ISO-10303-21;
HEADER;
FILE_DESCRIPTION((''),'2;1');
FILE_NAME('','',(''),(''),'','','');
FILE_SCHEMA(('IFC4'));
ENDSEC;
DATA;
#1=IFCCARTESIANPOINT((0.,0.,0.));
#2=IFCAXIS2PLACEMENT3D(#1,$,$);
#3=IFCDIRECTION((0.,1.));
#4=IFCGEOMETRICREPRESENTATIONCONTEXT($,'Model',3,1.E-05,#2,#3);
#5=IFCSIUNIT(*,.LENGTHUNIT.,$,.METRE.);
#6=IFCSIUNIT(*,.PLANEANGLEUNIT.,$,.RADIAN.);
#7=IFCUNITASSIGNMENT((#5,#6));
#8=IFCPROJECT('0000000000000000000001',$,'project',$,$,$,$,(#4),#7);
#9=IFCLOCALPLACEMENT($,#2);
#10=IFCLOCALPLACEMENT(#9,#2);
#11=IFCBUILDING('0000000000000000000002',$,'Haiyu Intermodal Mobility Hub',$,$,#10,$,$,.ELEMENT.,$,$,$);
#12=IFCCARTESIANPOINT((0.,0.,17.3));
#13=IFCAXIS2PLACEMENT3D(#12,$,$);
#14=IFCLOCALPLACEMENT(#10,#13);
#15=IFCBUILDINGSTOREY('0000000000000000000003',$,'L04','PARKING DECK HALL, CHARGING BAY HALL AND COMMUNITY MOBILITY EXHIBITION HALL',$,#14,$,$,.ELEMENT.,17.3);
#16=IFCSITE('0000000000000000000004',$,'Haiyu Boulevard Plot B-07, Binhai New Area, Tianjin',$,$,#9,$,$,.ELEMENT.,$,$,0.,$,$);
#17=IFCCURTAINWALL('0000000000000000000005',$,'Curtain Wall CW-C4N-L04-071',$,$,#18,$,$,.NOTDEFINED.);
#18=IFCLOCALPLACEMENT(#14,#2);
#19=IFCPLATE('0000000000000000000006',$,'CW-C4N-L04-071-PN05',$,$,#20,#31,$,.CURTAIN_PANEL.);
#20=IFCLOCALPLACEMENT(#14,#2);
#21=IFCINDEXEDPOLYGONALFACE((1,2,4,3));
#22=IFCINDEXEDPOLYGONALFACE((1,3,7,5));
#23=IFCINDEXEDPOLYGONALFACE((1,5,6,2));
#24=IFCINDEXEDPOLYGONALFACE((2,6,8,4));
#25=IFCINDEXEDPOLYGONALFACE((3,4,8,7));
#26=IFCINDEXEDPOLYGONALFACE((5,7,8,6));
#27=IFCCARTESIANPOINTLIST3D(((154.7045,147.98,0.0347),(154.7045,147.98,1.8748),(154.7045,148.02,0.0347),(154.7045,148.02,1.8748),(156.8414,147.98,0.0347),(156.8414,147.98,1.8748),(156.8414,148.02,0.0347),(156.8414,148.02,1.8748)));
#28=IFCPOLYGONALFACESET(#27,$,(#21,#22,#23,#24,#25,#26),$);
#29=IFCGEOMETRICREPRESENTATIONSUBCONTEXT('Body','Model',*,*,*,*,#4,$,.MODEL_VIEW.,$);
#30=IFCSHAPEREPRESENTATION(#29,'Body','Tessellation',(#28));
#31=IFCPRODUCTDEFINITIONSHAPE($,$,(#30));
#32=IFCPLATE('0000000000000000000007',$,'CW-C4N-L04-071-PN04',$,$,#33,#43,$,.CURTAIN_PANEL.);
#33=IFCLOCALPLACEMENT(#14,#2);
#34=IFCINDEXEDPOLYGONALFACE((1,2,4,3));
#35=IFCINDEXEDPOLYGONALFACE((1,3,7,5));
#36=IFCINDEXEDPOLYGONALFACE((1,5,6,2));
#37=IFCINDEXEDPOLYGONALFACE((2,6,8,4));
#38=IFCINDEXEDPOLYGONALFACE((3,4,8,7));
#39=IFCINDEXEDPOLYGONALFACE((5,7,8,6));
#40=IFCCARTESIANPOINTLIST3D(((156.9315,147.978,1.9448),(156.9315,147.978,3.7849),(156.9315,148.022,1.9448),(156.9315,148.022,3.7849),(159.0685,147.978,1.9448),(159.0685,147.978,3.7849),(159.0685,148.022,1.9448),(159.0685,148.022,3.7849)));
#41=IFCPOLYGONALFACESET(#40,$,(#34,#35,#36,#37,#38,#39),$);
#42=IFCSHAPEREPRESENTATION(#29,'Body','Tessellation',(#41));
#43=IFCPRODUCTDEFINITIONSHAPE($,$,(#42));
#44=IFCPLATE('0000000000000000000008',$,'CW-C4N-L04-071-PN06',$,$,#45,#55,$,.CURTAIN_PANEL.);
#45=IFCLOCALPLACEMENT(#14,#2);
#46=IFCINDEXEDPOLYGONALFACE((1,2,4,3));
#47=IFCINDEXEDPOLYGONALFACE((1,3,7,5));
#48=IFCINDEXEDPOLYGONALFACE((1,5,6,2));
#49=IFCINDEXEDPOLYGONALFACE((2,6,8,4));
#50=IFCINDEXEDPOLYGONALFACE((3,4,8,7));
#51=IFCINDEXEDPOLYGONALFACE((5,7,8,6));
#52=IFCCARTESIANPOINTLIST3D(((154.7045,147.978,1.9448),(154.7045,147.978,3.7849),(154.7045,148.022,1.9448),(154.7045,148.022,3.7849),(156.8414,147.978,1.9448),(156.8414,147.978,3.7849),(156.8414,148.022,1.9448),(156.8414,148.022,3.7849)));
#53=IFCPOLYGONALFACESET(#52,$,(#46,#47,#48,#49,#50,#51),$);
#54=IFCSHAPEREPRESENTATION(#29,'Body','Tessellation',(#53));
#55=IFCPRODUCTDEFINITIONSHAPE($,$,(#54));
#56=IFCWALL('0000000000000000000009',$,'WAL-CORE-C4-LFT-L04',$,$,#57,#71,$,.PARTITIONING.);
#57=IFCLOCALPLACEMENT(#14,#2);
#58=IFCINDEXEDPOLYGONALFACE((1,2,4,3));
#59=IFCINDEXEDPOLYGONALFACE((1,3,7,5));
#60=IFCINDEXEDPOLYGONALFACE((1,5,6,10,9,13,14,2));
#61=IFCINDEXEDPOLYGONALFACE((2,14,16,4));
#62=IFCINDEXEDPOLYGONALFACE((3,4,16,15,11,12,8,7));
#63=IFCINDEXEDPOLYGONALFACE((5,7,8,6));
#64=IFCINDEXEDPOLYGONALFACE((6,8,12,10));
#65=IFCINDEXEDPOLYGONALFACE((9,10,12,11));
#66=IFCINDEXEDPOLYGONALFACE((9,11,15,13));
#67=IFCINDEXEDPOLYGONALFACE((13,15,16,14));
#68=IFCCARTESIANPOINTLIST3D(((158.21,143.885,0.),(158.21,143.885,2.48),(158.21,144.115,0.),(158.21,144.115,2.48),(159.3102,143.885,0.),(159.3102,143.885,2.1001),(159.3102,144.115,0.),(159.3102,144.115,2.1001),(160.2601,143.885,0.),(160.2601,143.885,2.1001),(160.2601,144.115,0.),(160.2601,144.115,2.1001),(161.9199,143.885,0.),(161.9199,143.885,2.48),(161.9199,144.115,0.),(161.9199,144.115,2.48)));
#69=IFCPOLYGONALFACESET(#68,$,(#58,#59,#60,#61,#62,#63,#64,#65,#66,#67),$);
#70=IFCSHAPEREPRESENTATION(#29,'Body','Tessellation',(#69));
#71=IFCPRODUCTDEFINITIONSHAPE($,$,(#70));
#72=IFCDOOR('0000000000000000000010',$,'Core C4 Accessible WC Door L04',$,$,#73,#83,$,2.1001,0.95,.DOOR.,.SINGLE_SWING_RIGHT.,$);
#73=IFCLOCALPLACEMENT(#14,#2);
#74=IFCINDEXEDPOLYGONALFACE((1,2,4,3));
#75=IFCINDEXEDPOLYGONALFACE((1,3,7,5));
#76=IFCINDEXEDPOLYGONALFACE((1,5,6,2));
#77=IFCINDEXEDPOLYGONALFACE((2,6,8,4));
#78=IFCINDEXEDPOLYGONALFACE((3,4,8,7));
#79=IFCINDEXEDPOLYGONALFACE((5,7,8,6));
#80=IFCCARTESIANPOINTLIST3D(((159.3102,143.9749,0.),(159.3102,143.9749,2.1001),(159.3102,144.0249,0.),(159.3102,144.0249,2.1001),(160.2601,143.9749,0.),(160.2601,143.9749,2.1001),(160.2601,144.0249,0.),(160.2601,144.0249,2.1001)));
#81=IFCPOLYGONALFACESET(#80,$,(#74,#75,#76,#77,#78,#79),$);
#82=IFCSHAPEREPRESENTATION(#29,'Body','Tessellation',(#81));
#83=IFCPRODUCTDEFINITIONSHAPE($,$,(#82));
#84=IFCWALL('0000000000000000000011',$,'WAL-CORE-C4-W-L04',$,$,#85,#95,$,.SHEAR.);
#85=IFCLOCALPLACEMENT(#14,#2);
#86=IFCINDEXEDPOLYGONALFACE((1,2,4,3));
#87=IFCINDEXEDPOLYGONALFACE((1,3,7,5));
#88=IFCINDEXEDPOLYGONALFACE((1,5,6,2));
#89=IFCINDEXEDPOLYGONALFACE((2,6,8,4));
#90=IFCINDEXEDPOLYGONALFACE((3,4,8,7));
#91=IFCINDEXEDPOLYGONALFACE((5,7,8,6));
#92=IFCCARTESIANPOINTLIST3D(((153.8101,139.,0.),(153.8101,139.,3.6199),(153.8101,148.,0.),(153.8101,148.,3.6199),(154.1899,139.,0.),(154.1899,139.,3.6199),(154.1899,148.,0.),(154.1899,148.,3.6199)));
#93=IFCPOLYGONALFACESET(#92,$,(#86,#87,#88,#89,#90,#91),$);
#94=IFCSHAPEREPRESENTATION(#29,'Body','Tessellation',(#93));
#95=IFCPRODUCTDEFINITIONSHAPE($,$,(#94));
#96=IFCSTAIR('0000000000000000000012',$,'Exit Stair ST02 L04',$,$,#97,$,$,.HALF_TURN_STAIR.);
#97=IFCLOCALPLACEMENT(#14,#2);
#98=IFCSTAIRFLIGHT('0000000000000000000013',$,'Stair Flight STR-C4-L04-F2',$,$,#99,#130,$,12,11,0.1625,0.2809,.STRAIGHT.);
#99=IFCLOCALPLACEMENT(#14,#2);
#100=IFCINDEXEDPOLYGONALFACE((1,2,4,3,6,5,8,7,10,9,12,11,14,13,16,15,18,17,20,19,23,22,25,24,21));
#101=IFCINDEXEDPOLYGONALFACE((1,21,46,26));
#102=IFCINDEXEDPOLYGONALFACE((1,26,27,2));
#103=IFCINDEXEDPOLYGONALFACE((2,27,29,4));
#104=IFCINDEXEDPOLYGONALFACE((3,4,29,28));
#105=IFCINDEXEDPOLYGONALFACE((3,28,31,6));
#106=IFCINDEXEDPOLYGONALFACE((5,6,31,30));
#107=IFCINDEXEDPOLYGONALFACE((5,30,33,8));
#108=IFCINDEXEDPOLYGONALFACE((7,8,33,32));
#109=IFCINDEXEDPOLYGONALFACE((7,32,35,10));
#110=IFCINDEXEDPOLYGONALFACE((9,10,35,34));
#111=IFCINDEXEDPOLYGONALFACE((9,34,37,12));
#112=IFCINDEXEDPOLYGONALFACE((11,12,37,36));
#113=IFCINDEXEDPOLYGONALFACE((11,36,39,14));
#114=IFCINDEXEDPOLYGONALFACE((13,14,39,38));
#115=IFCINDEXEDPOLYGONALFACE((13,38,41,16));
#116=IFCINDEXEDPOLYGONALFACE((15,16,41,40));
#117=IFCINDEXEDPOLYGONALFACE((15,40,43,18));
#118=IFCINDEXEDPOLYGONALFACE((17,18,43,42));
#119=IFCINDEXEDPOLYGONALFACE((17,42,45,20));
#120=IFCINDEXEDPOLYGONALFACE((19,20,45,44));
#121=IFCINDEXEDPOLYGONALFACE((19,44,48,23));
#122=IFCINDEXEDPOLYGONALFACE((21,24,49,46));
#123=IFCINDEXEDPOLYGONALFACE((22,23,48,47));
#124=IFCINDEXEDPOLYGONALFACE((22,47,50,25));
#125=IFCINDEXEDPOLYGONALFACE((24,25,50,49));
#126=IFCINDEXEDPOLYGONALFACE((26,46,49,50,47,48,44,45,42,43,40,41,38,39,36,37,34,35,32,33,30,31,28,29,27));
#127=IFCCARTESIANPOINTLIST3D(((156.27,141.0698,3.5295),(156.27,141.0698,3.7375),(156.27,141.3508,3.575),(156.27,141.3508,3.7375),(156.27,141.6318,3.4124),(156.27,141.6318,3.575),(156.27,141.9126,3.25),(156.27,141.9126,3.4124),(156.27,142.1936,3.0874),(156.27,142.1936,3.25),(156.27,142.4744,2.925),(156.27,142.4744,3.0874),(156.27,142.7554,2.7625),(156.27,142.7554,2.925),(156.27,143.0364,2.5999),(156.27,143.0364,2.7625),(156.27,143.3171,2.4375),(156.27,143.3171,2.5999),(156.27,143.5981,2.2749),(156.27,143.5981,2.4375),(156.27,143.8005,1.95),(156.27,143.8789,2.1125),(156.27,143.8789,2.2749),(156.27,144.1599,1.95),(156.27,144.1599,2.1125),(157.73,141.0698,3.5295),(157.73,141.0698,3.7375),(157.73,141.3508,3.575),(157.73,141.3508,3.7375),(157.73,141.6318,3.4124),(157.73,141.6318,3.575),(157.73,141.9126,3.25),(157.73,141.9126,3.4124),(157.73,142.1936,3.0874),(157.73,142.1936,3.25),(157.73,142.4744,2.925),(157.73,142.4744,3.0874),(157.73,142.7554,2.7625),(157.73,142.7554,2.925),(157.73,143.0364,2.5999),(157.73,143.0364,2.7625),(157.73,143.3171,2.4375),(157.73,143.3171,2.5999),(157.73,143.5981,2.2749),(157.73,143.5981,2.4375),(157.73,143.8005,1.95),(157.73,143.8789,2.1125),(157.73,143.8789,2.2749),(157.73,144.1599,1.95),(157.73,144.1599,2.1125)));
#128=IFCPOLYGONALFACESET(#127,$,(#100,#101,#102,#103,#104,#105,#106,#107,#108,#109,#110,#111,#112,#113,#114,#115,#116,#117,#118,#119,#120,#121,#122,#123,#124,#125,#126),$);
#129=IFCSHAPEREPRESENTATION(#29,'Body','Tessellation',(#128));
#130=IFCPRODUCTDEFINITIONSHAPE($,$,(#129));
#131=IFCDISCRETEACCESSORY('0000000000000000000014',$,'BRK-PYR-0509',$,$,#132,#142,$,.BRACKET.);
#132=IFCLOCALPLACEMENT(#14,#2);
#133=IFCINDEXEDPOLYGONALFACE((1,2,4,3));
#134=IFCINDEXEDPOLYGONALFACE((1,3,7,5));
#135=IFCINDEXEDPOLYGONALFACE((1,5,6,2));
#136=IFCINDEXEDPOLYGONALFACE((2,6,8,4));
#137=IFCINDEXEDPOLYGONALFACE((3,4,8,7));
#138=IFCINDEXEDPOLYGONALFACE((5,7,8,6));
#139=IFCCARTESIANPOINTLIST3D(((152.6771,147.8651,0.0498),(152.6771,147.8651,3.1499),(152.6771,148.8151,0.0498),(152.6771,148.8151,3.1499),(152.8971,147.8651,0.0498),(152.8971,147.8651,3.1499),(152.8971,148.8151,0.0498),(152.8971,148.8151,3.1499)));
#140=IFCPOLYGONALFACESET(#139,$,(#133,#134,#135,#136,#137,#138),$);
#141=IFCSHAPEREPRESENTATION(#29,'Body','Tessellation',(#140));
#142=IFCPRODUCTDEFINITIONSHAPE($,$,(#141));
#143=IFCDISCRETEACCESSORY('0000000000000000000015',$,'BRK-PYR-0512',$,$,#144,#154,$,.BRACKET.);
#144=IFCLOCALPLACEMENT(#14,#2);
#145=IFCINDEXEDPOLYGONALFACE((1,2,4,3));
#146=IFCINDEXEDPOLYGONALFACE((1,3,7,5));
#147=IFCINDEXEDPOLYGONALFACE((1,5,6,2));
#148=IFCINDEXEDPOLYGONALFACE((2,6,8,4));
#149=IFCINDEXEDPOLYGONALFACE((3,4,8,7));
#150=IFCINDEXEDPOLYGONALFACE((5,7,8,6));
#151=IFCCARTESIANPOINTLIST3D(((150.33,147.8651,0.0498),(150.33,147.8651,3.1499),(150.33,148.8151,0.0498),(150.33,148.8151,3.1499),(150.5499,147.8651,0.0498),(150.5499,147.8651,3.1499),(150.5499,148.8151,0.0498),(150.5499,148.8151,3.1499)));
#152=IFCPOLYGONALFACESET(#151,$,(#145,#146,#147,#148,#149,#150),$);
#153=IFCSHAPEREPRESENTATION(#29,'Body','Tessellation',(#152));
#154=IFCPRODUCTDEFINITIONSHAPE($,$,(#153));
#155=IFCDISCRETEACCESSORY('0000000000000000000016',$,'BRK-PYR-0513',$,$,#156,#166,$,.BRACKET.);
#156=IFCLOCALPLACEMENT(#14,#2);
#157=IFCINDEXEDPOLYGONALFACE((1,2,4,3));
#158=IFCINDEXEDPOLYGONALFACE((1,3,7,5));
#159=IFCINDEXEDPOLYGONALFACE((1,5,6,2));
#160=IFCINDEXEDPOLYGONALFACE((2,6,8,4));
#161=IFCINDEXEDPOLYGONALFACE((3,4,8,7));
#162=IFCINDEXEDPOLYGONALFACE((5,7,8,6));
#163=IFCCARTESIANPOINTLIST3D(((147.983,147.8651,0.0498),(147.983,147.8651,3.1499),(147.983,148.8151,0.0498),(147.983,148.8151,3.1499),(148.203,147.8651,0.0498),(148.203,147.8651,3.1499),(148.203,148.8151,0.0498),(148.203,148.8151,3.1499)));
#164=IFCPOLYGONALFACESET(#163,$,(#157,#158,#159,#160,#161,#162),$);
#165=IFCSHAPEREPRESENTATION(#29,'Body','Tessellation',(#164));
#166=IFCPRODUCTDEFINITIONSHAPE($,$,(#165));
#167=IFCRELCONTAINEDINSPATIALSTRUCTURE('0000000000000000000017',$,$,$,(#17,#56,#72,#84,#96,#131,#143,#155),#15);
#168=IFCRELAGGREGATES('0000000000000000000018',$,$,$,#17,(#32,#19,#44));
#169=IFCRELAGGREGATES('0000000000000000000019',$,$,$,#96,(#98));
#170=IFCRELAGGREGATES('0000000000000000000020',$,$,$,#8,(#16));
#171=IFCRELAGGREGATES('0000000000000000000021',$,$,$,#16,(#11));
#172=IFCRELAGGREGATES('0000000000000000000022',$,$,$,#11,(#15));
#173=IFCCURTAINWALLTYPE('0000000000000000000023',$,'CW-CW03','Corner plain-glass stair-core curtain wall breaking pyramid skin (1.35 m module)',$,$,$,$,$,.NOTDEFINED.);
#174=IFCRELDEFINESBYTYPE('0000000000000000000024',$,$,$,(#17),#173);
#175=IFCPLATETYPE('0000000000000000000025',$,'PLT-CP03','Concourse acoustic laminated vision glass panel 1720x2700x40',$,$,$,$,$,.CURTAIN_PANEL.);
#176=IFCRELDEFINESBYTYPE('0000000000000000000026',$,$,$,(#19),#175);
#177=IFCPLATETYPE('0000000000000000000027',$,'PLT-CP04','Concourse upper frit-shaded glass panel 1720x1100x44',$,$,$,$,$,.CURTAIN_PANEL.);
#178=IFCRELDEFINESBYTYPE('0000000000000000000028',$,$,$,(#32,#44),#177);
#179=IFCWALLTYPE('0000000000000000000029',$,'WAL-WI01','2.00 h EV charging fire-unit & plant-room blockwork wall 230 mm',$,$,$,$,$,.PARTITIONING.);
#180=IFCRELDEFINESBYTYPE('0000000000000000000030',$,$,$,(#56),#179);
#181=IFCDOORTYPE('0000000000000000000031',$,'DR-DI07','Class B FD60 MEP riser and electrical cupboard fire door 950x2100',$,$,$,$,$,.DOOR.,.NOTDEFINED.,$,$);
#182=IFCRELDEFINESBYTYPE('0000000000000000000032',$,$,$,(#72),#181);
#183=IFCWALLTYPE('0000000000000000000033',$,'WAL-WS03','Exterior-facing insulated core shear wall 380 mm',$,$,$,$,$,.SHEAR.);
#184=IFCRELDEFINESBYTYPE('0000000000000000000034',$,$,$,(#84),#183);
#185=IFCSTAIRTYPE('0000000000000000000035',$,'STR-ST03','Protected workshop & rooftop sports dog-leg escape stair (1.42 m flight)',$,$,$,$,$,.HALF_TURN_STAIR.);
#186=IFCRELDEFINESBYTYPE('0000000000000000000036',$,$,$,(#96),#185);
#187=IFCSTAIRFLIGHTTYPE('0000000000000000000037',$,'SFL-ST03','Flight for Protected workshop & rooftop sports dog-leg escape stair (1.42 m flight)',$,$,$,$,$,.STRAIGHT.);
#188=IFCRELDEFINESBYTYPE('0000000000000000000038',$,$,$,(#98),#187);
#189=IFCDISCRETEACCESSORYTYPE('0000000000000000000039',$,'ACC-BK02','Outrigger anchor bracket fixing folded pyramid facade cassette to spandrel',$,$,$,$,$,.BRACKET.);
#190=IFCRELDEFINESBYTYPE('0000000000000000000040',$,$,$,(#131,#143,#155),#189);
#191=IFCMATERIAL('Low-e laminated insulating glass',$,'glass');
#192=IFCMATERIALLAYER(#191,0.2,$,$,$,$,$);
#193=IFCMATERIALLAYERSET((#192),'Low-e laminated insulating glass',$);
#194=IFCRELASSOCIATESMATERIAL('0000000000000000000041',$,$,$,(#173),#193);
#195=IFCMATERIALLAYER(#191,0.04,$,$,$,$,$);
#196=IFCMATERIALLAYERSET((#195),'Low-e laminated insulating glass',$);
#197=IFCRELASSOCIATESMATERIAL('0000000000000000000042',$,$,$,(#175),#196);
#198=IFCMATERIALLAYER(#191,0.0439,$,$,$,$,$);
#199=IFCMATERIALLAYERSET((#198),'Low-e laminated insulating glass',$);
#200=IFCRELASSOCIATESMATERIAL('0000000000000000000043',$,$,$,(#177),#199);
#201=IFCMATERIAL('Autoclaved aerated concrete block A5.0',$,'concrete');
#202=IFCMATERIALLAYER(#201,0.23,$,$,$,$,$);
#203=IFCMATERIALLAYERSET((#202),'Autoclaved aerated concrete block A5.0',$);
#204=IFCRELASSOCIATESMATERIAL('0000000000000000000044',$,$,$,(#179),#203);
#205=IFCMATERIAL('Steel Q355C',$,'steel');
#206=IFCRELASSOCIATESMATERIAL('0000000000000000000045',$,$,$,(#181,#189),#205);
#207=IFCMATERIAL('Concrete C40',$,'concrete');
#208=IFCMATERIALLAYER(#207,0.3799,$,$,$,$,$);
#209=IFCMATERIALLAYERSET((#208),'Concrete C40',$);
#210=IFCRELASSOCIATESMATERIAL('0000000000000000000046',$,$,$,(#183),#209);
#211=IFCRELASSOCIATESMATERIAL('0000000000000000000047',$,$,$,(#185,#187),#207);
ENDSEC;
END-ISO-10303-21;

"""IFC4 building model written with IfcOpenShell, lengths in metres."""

from ifc_helpers import new_model, si_unit, direction, frame, frame_2d, origin, origin_2d, place, context, subcontext, project, spatial, polyline, rectangle, outline, extrude, material, layer, layer_set, type_object, element, fill, aggregate, save


model = new_model("IFC4")

# Units and contexts
model_context = context("Model", 3, precision=1e-05, world=origin(), true_north=direction((0.0, 1.0)))
body_context = subcontext(model_context, "Body", "Model", "MODEL_VIEW")
ifc_project = project(units=[si_unit("LENGTHUNIT", "METRE"), si_unit("PLANEANGLEUNIT", "RADIAN")], contexts=[model_context])

# Site, building, storey
site_placement = place(None, origin())
site = spatial("IfcSite", under=ifc_project, at=site_placement, Name="Haiyu Boulevard Plot B-07, Binhai New Area, Tianjin", CompositionType="ELEMENT", RefElevation=0.0)
building_placement = place(site_placement, origin())
building = spatial("IfcBuilding", under=site, at=building_placement, Name="Haiyu Intermodal Mobility Hub", CompositionType="ELEMENT")
storey_placement = place(building_placement, frame((0.0, 0.0, 17.3)))
storey = spatial("IfcBuildingStorey", under=building, at=storey_placement, Name="L04", Description="PARKING DECK HALL, CHARGING BAY HALL AND COMMUNITY MOBILITY EXHIBITION HALL", CompositionType="ELEMENT", Elevation=17.3)

# Shared definitions
ifc_material_1 = material(Name="Steel Q355C", Category="steel")

# Curtain wall
ifc_material_2 = material(Name="Low-e laminated insulating glass", Category="glass")
ifc_layer_1 = layer(ifc_material_2, 0.2)
ifc_layer_set_1 = layer_set([ifc_layer_1], Name="Low-e laminated insulating glass")
curtain_wall_type = type_object("IfcCurtainWallType", Name="CW-CW03", Description="Corner plain-glass stair-core curtain wall breaking pyramid skin (1.35 m module)", PredefinedType="NOTDEFINED", material=ifc_layer_set_1)
curtain_wall_placement = place(storey_placement, origin())
curtain_wall = element("IfcCurtainWall", 1, at=curtain_wall_placement, inside=storey, type_object=curtain_wall_type, Name="Curtain Wall CW-C4N-L04-071", PredefinedType="NOTDEFINED")

# Plates
ifc_layer_2 = layer(ifc_material_2, 0.04)
ifc_layer_set_2 = layer_set([ifc_layer_2], Name="Low-e laminated insulating glass")
plate_type_1 = type_object("IfcPlateType", Name="PLT-CP03", Description="Concourse acoustic laminated vision glass panel 1720x2700x40", PredefinedType="CURTAIN_PANEL", material=ifc_layer_set_2)
plate_1_placement = place(storey_placement, frame((155.7729, 148.0, 0.0347), z_axis=(0.0, 0.0, 1.0), x_axis=(-1.0, 0.0, 0.0)))
plate_1 = element("IfcPlate", 2, at=plate_1_placement, type_object=plate_type_1, Name="CW-C4N-L04-071-PN05", PredefinedType="CURTAIN_PANEL", context=body_context, shape_type="SweptSolid", body=[
    extrude(rectangle(XDim=2.137, YDim=0.04, at=origin_2d()), origin(), (0.0, 0.0, 1.0), 1.8401),
])
ifc_layer_3 = layer(ifc_material_2, 0.0439)
ifc_layer_set_3 = layer_set([ifc_layer_3], Name="Low-e laminated insulating glass")
plate_type_2 = type_object("IfcPlateType", Name="PLT-CP04", Description="Concourse upper frit-shaded glass panel 1720x1100x44", PredefinedType="CURTAIN_PANEL", material=ifc_layer_set_3)
plate_2_placement = place(storey_placement, frame((158.0, 148.0, 1.9448), z_axis=(0.0, 0.0, 1.0), x_axis=(-1.0, 0.0, 0.0)))
plate_2 = element("IfcPlate", 3, at=plate_2_placement, type_object=plate_type_2, Name="CW-C4N-L04-071-PN04", PredefinedType="CURTAIN_PANEL", context=body_context, shape_type="SweptSolid", body=[
    extrude(rectangle(XDim=2.137, YDim=0.0439, at=origin_2d()), origin(), (0.0, 0.0, 1.0), 1.8401),
])
plate_3_placement = place(storey_placement, frame((155.7729, 148.0, 1.9448), z_axis=(0.0, 0.0, 1.0), x_axis=(-1.0, 0.0, 0.0)))
plate_3 = element("IfcPlate", 4, at=plate_3_placement, type_object=plate_type_2, Name="CW-C4N-L04-071-PN06", PredefinedType="CURTAIN_PANEL", context=body_context, shape_type="SweptSolid", body=[
    extrude(rectangle(XDim=2.137, YDim=0.0439, at=origin_2d()), origin(), (0.0, 0.0, 1.0), 1.8401),
])
aggregate(curtain_wall, [plate_2, plate_1, plate_3])

# Wall, opening, door
ifc_material_3 = material(Name="Autoclaved aerated concrete block A5.0", Category="concrete")
ifc_layer_4 = layer(ifc_material_3, 0.23)
ifc_layer_set_4 = layer_set([ifc_layer_4], Name="Autoclaved aerated concrete block A5.0")
wall_type_1 = type_object("IfcWallType", Name="WAL-WI01", Description="2.00 h EV charging fire-unit & plant-room blockwork wall 230 mm", PredefinedType="PARTITIONING", material=ifc_layer_set_4)
wall_1_placement = place(storey_placement, frame((158.21, 144.0, 0.0), z_axis=(0.0, 0.0, 1.0), x_axis=(1.0, 0.0, 0.0)))
wall_1 = element("IfcWall", 5, at=wall_1_placement, inside=storey, type_object=wall_type_1, Name="WAL-CORE-C4-LFT-L04", PredefinedType="PARTITIONING", context=body_context, shape_type="SweptSolid", body=[
    extrude(rectangle(XDim=3.71, YDim=0.23, at=frame_2d((1.855, 0.0))), origin(), (0.0, 0.0, 1.0), 2.48),
])
opening_placement = place(wall_1_placement, frame((1.1001, 0.0, 0.0)))
opening = element("IfcOpeningElement", 6, at=opening_placement, cuts=wall_1, PredefinedType="OPENING", context=body_context, shape_type="SweptSolid", body=[
    extrude(rectangle(XDim=0.95, YDim=2.1001, at=frame_2d((0.4751, 1.05))), frame((0.0, 0.125, 0.0), z_axis=(0.0, -1.0, 0.0), x_axis=(1.0, 0.0, 0.0)), (0.0, 0.0, 1.0), 0.25),
])
door_type = type_object("IfcDoorType", Name="DR-DI07", Description="Class B FD60 MEP riser and electrical cupboard fire door 950x2100", OperationType="NOTDEFINED", PredefinedType="DOOR", material=ifc_material_1)
door_placement = place(opening_placement, origin())
door = element("IfcDoor", 7, at=door_placement, inside=storey, type_object=door_type, Name="Core C4 Accessible WC Door L04", OperationType="SINGLE_SWING_RIGHT", OverallHeight=2.1001, OverallWidth=0.95, PredefinedType="DOOR", context=body_context, shape_type="SweptSolid", body=[
    extrude(rectangle(XDim=0.95, YDim=2.1001, at=frame_2d((0.4751, 1.05))), frame((0.0, 0.0249, 0.0), z_axis=(0.0, -1.0, 0.0), x_axis=(1.0, 0.0, 0.0)), (0.0, 0.0, 1.0), 0.05),
])
fill(opening, door)

# Wall
ifc_material_4 = material(Name="Concrete C40", Category="concrete")
ifc_layer_5 = layer(ifc_material_4, 0.3799)
ifc_layer_set_5 = layer_set([ifc_layer_5], Name="Concrete C40")
wall_type_2 = type_object("IfcWallType", Name="WAL-WS03", Description="Exterior-facing insulated core shear wall 380 mm", PredefinedType="SHEAR", material=ifc_layer_set_5)
wall_2_placement = place(storey_placement, frame((154.0, 148.0, 0.0), z_axis=(0.0, 0.0, 1.0), x_axis=(0.0, -1.0, 0.0)))
element("IfcWall", 8, at=wall_2_placement, inside=storey, type_object=wall_type_2, Name="WAL-CORE-C4-W-L04", PredefinedType="SHEAR", context=body_context, shape_type="SweptSolid", body=[
    extrude(rectangle(XDim=9.0, YDim=0.3799, at=frame_2d((4.5, 0.0))), origin(), (0.0, 0.0, 1.0), 3.6199),
])

# Stair, stair flight
stair_type = type_object("IfcStairType", Name="STR-ST03", Description="Protected workshop & rooftop sports dog-leg escape stair (1.42 m flight)", PredefinedType="HALF_TURN_STAIR", material=ifc_material_4)
stair_placement = place(storey_placement, origin())
stair = element("IfcStair", 9, at=stair_placement, inside=storey, type_object=stair_type, Name="Exit Stair ST02 L04", PredefinedType="HALF_TURN_STAIR")
stair_flight_type = type_object("IfcStairFlightType", Name="SFL-ST03", Description="Flight for Protected workshop & rooftop sports dog-leg escape stair (1.42 m flight)", PredefinedType="STRAIGHT", material=ifc_material_4)
stair_flight_placement = place(storey_placement, frame((157.0, 144.1599, 1.95), z_axis=(0.0, 0.0, 1.0), x_axis=(0.0, -1.0, 0.0)))
stair_flight = element("IfcStairFlight", 10, at=stair_flight_placement, type_object=stair_flight_type, Name="Stair Flight STR-C4-L04-F2", NumberOfRisers=12, NumberOfTreads=11, PredefinedType="STRAIGHT", RiserHeight=0.1625, TreadLength=0.2809, context=body_context, shape_type="SweptSolid", body=[
    extrude(outline(polyline([(0.0, 0.0), (0.0, 0.1626), (0.281, 0.1626), (0.281, 0.325), (0.5618, 0.325), (0.5618, 0.4875), (0.8428, 0.4875), (0.8428, 0.6499), (1.1235, 0.6499), (1.1235, 0.8125), (1.4045, 0.8125), (1.4045, 0.9751), (1.6855, 0.9751), (1.6855, 1.1375), (1.9663, 1.1375), (1.9663, 1.3), (2.2473, 1.3), (2.2473, 1.4624), (2.5281, 1.4624), (2.5281, 1.625), (2.8091, 1.625), (2.8091, 1.7876), (3.0901, 1.7876), (3.0901, 1.95), (3.0901, 1.5796), (0.3594, 0.0), (0.0, 0.0)])), frame((0.0, 0.73, 0.0), z_axis=(0.0, -1.0, 0.0), x_axis=(1.0, 0.0, 0.0)), (0.0, 0.0, 1.0), 1.46),
])
aggregate(stair, [stair_flight])

# Discrete accessories
discrete_accessory_type = type_object("IfcDiscreteAccessoryType", Name="ACC-BK02", Description="Outrigger anchor bracket fixing folded pyramid facade cassette to spandrel", PredefinedType="BRACKET", material=ifc_material_1)
for number, where, z_axis, x_axis, name in (
    (11, (152.7871, 148.3401, 0.0498), (0.0, 0.0, 1.0), (1.0, 0.0, 0.0), "BRK-PYR-0509"),
    (12, (150.4399, 148.3401, 0.0498), (0.0, 0.0, 1.0), (1.0, 0.0, 0.0), "BRK-PYR-0512"),
    (13, (148.093, 148.3401, 0.0498), (0.0, 0.0, 1.0), (1.0, 0.0, 0.0), "BRK-PYR-0513"),
):
    element("IfcDiscreteAccessory", number, at=place(storey_placement, frame(where, z_axis=z_axis, x_axis=x_axis)), inside=storey, type_object=discrete_accessory_type, Name=name, PredefinedType="BRACKET", context=body_context, shape_type="SweptSolid", body=[
        extrude(rectangle(XDim=0.22, YDim=0.95, at=origin_2d()), origin(), (0.0, 0.0, 1.0), 3.1001),
    ])

save(model, "model.ifc")
